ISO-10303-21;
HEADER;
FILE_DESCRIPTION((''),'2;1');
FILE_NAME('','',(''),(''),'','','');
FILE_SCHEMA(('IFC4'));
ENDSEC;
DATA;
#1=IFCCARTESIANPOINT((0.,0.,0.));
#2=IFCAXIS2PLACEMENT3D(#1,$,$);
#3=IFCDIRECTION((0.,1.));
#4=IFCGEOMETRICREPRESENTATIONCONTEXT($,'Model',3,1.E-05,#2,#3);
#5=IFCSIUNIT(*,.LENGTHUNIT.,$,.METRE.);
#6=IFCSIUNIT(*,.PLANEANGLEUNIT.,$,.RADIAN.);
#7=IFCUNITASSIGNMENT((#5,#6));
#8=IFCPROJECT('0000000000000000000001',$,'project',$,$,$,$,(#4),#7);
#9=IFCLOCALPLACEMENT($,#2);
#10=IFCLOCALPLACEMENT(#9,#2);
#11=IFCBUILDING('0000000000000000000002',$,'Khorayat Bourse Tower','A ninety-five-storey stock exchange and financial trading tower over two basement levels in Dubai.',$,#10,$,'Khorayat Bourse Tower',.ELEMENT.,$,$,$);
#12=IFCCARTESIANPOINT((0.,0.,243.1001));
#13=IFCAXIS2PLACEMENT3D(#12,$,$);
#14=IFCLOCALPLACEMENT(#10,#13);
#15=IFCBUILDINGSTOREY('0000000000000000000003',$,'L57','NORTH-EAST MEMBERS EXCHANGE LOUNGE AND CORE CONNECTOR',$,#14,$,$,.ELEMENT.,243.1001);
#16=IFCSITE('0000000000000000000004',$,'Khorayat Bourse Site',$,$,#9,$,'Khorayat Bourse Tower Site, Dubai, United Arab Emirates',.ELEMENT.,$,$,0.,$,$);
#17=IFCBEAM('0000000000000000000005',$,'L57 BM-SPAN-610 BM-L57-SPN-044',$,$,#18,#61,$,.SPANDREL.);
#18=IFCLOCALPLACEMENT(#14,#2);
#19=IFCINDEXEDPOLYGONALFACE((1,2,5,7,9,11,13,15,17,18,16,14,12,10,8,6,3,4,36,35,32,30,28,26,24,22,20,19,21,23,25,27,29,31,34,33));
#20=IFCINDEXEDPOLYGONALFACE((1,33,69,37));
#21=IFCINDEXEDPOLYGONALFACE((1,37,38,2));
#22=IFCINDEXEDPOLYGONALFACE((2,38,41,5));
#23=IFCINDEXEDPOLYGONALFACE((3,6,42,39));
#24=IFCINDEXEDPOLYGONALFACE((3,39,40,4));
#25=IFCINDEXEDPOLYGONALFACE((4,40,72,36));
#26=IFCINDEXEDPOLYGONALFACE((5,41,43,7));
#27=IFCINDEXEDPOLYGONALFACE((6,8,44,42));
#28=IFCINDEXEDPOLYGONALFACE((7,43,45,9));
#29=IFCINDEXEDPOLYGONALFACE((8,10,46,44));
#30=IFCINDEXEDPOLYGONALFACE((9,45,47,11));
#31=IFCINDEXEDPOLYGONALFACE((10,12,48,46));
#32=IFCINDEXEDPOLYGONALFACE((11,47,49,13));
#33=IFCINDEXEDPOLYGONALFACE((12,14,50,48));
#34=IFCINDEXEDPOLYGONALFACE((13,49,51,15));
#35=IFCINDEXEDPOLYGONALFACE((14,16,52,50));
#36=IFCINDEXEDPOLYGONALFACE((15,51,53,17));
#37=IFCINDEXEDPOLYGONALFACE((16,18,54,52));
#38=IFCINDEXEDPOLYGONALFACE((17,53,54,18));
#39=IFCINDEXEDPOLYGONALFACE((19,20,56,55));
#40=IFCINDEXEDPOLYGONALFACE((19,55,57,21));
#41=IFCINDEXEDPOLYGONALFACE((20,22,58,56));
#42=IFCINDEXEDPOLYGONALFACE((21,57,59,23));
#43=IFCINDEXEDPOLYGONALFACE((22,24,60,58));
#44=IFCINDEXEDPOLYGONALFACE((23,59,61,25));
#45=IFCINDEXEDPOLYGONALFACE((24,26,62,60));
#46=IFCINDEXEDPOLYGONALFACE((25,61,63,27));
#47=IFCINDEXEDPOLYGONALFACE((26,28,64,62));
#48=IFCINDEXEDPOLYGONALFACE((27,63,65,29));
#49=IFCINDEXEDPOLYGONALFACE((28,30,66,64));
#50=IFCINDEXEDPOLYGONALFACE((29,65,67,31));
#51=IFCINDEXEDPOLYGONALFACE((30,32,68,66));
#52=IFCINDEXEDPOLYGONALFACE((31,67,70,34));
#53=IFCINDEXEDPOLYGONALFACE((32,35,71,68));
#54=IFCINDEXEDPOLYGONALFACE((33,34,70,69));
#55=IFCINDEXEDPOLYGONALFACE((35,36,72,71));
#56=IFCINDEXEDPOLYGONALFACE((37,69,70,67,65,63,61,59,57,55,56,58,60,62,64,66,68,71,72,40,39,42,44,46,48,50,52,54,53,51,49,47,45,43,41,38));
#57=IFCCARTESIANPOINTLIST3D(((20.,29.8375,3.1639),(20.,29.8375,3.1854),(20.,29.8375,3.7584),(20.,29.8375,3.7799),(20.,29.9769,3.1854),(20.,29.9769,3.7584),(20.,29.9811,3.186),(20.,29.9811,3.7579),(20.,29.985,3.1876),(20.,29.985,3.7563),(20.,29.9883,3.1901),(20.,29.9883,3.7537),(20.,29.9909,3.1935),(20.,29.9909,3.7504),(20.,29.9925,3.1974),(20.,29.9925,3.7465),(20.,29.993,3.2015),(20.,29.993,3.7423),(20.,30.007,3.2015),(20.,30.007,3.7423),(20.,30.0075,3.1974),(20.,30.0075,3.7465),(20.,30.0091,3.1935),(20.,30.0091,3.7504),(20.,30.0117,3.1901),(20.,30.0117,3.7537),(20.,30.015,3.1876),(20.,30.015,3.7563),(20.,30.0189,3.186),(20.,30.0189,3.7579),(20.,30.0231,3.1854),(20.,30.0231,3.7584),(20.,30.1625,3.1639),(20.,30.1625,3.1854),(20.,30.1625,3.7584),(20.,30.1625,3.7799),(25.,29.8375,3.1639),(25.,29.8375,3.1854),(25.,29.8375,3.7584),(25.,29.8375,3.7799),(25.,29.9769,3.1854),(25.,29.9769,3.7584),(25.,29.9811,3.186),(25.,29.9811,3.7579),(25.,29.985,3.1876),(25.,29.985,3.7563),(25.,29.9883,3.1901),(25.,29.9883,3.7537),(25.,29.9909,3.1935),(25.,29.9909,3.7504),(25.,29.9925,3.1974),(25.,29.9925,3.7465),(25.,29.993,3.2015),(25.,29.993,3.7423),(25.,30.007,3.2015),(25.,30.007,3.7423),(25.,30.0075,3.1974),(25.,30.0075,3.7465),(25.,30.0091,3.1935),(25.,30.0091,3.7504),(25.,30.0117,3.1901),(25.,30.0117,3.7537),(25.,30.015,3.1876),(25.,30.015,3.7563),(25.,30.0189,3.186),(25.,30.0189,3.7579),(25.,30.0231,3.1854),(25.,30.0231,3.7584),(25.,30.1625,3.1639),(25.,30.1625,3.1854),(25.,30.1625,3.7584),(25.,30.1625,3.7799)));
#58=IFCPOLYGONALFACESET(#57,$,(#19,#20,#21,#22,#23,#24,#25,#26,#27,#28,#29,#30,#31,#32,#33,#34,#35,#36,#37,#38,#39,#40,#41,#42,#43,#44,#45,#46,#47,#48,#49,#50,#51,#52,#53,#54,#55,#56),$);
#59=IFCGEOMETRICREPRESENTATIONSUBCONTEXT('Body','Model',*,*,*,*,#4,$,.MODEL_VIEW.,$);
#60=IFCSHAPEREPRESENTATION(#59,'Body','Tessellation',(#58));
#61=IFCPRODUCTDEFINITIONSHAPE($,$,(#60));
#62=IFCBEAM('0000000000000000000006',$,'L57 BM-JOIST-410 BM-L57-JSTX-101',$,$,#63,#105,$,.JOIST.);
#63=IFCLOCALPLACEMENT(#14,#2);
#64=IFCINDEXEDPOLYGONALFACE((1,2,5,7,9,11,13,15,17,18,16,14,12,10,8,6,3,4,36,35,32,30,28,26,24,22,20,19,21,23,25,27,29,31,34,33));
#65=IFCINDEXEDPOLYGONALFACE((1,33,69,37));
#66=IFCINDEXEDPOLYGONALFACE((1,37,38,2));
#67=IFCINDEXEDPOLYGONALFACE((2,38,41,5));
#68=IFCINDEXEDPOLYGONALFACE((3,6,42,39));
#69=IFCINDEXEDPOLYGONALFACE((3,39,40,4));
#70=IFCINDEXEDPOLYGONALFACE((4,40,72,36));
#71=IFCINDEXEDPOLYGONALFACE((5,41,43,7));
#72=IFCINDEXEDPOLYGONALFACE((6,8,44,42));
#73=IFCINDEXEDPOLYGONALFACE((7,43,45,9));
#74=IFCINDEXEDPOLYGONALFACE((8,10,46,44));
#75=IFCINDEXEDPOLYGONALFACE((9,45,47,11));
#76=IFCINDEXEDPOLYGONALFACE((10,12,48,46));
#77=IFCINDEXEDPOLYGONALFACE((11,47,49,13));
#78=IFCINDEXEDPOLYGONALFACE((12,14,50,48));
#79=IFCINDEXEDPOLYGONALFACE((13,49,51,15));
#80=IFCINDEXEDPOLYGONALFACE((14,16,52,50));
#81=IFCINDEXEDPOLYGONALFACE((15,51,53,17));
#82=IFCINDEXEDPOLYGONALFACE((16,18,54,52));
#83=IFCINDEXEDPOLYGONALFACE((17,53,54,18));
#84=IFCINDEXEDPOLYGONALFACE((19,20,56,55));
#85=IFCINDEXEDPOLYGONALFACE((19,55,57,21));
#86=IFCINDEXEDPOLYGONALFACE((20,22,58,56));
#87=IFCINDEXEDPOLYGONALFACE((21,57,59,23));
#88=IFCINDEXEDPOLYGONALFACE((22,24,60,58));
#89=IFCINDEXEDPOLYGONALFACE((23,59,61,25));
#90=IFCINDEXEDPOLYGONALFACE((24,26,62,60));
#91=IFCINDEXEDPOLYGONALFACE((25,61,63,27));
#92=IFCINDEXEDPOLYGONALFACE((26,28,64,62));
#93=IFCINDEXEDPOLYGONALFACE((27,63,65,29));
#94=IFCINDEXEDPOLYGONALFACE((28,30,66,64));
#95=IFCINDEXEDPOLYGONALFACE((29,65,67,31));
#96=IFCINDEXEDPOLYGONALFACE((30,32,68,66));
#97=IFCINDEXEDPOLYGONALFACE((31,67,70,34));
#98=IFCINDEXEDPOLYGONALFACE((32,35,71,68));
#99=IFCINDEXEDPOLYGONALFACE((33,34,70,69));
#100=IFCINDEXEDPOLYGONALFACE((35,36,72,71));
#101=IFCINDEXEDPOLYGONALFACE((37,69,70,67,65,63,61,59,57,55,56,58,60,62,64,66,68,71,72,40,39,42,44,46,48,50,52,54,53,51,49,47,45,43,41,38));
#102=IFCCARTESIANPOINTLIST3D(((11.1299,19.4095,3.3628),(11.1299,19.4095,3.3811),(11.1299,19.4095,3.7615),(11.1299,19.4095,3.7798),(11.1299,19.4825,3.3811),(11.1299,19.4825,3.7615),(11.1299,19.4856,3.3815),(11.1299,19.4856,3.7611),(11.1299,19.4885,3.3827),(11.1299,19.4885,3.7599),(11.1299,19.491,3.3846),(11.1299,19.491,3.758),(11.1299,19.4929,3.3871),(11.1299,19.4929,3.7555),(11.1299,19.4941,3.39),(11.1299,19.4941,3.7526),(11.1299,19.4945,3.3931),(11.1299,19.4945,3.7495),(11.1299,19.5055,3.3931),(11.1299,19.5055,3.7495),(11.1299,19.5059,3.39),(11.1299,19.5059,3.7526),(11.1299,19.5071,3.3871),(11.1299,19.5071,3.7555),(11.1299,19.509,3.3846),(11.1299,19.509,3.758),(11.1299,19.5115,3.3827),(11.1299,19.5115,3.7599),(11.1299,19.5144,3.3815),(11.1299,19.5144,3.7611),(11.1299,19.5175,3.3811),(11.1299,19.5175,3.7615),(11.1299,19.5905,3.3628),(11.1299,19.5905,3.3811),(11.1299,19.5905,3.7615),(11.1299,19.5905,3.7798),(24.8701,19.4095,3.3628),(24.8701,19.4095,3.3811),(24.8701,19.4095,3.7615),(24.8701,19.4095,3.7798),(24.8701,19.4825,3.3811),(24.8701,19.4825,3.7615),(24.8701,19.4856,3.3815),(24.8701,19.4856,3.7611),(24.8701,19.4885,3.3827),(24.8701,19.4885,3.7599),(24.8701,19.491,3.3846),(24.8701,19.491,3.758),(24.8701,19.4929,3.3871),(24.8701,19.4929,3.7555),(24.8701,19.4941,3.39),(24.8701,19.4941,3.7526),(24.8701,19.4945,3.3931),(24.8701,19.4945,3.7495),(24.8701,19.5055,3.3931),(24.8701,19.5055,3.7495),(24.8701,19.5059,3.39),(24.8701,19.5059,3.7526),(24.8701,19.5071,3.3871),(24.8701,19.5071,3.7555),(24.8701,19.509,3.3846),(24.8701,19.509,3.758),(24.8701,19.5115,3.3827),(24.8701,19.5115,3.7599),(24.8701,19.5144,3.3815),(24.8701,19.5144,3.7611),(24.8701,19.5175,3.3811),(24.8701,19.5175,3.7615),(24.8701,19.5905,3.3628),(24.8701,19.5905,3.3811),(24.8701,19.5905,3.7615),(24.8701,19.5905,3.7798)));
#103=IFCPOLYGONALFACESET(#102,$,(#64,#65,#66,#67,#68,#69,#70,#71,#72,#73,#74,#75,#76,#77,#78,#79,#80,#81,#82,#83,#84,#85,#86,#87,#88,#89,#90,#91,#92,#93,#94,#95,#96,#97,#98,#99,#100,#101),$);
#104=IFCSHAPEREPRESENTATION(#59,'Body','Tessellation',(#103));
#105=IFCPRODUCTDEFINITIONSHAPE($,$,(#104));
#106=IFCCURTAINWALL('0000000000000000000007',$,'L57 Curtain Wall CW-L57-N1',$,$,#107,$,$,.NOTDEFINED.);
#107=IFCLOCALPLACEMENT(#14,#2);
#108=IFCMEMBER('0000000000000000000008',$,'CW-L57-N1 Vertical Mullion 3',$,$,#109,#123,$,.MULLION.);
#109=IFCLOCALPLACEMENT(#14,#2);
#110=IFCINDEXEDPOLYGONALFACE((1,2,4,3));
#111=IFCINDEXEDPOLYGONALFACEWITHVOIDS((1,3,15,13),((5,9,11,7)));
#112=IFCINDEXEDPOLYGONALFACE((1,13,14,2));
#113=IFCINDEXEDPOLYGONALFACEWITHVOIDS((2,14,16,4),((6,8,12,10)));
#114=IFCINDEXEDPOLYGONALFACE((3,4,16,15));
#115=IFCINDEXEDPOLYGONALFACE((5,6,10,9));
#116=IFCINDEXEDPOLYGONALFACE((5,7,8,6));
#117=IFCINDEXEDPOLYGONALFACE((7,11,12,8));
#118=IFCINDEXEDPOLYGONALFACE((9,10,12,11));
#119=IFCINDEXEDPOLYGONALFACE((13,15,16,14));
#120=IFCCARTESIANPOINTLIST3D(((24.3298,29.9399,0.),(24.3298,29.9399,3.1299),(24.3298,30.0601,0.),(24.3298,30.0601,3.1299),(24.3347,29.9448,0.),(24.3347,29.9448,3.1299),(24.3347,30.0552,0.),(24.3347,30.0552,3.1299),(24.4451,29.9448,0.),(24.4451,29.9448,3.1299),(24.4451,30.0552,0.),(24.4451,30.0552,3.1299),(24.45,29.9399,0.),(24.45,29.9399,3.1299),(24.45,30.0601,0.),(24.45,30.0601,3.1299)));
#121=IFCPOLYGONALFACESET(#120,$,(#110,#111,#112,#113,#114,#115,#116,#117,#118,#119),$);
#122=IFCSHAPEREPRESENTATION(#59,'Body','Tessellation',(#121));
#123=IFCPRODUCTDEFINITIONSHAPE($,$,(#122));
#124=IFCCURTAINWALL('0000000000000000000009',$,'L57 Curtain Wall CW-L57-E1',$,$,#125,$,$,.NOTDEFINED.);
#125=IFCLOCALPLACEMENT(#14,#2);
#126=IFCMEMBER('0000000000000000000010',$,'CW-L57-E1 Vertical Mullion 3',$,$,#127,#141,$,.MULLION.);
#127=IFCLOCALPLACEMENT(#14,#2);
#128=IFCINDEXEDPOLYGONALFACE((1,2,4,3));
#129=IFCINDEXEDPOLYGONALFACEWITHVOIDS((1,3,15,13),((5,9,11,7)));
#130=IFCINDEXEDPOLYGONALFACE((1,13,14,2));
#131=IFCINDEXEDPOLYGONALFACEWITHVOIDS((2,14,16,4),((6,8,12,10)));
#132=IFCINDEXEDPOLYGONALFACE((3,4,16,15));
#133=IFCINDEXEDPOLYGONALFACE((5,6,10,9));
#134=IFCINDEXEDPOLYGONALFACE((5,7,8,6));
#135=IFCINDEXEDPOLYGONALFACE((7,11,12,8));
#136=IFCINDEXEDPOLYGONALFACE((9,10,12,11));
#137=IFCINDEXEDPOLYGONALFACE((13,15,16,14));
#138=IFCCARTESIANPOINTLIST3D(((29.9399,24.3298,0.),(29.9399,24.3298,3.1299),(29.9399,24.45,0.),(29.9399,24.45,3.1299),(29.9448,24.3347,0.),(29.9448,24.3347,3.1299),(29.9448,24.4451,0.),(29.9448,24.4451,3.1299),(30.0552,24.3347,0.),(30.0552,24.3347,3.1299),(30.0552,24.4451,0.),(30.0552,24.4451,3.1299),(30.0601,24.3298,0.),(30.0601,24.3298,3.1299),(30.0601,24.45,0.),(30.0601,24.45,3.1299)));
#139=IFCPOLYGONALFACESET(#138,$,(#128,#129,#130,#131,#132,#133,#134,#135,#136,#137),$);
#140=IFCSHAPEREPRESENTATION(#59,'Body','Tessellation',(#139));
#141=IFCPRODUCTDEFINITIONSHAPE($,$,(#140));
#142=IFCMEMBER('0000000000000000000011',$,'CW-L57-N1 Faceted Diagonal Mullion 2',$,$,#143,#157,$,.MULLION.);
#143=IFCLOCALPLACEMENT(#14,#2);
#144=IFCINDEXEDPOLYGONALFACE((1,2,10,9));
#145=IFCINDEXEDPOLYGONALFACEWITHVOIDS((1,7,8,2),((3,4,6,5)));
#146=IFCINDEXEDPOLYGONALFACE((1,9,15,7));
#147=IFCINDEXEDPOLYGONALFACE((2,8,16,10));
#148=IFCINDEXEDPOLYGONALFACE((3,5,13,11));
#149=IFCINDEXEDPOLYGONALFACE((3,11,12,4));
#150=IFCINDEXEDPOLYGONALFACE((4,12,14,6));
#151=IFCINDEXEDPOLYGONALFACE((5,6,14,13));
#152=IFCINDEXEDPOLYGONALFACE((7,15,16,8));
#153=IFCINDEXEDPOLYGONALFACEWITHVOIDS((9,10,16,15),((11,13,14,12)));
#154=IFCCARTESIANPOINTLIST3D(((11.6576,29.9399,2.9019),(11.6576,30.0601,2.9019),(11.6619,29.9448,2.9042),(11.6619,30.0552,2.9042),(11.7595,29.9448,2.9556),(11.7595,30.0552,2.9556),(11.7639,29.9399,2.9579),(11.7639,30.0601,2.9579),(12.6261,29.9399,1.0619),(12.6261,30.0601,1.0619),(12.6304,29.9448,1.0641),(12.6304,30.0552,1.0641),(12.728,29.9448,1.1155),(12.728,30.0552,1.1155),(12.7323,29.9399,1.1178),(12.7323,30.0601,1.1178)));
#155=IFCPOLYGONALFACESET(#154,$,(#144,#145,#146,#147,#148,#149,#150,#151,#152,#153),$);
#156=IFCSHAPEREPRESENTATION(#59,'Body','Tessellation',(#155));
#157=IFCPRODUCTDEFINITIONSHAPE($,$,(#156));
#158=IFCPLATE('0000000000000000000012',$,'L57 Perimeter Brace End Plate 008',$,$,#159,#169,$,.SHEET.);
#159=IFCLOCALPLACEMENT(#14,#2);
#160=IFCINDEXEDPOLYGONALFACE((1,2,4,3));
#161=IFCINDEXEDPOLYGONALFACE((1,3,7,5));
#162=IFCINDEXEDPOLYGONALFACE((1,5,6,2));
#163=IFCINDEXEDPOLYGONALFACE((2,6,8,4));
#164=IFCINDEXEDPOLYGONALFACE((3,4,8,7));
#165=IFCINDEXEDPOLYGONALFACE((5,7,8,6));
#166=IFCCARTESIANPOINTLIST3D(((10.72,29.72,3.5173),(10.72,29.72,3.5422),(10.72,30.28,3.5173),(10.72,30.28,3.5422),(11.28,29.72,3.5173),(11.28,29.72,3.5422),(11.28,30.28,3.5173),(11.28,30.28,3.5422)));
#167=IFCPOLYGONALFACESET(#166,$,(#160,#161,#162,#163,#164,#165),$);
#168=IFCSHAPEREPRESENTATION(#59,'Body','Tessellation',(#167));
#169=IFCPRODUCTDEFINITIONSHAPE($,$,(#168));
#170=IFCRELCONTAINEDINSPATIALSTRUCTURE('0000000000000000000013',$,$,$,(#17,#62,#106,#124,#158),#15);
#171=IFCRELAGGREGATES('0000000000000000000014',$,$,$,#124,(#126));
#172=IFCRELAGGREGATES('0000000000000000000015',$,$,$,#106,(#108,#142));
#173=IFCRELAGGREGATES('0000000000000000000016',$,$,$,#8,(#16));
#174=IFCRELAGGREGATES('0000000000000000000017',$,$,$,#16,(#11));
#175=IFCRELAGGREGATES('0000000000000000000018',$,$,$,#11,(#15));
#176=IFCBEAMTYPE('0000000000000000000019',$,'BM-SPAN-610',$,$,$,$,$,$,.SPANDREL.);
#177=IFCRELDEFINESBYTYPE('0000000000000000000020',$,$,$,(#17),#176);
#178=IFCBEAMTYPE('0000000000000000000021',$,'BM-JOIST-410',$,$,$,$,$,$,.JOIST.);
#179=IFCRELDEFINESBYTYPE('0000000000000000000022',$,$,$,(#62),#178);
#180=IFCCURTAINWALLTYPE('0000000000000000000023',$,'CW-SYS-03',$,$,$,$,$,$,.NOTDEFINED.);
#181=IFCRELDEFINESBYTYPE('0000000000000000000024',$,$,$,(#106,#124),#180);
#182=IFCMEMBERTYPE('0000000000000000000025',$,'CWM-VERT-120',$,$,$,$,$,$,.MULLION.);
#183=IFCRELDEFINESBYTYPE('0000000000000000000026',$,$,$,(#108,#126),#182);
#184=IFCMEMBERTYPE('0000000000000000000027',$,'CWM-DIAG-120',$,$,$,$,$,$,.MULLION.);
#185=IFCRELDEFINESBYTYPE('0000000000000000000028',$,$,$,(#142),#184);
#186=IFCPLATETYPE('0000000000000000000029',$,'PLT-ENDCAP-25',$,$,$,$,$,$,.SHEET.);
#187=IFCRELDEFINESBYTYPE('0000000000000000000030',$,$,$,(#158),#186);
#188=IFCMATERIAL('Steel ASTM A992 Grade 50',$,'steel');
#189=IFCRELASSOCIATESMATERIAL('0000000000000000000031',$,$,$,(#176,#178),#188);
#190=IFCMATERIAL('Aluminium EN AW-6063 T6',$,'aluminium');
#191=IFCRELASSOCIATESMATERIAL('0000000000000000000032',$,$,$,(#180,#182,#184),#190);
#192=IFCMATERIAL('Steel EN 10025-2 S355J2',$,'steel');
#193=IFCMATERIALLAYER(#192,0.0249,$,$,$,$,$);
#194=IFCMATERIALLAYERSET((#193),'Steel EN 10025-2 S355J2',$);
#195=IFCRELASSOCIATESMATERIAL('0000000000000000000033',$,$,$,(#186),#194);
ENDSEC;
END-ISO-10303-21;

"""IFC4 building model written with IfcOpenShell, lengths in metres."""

from ifc_helpers import new_model, si_unit, direction, frame, origin, origin_2d, place, context, subcontext, project, spatial, rectangle, hollow_rectangle, i_section, extrude, source, transform, mapped, material, layer, layer_set, material_profile, profile_set, type_object, element, aggregate, save


model = new_model("IFC4")

# Units and contexts
model_context = context("Model", 3, precision=1e-05, world=origin(), true_north=direction((0.0, 1.0)))
body_context = subcontext(model_context, "Body", "Model", "MODEL_VIEW")
ifc_project = project(units=[si_unit("LENGTHUNIT", "METRE"), si_unit("PLANEANGLEUNIT", "RADIAN")], contexts=[model_context])

# Site, building, storey
site_placement = place(None, origin())
site = spatial("IfcSite", under=ifc_project, at=site_placement, Name="Khorayat Bourse Site", LongName="Khorayat Bourse Tower Site, Dubai, United Arab Emirates", CompositionType="ELEMENT", RefElevation=0.0)
building_placement = place(site_placement, origin())
building = spatial("IfcBuilding", under=site, at=building_placement, Name="Khorayat Bourse Tower", Description="A ninety-five-storey stock exchange and financial trading tower over two basement levels in Dubai.", LongName="Khorayat Bourse Tower", CompositionType="ELEMENT")
storey_placement = place(building_placement, frame((0.0, 0.0, 243.1001)))
storey = spatial("IfcBuildingStorey", under=building, at=storey_placement, Name="L57", Description="NORTH-EAST MEMBERS EXCHANGE LOUNGE AND CORE CONNECTOR", CompositionType="ELEMENT", Elevation=243.1001)

# Beams
ifc_material_1 = material(Name="Steel ASTM A992 Grade 50", Category="steel")
ifc_material_profile_1 = material_profile(ifc_material_1, i_section(OverallWidth=0.325, OverallDepth=0.616, WebThickness=0.0139, FlangeThickness=0.0215, FilletRadius=0.0161, at=origin_2d()), Name="W610X174")
ifc_profile_set_1 = profile_set([ifc_material_profile_1], Name="Steel ASTM A992 Grade 50")
beam_type_1 = type_object("IfcBeamType", Name="BM-SPAN-610", PredefinedType="SPANDREL", material=ifc_profile_set_1)
shared_shape_1 = source(origin(), body_context, "Body", "SweptSolid", [
    extrude(i_section(OverallWidth=0.325, OverallDepth=0.616, WebThickness=0.0139, FlangeThickness=0.0215, FilletRadius=0.0161, at=origin_2d()), origin(), (0.0, 0.0, 1.0), 5.0),
])
for number, where, z_axis, x_axis, name in (
    (1, (20.0, 30.0, 3.4719), (1.0, 0.0, 0.0), (0.0, 1.0, 0.0), "L57 BM-SPAN-610 BM-L57-SPN-044"),
):
    element("IfcBeam", number, at=place(storey_placement, frame(where, z_axis=z_axis, x_axis=x_axis)), inside=storey, type_object=beam_type_1, Name=name, PredefinedType="SPANDREL", context=body_context, shape_type="MappedRepresentation", body=[
        mapped(shared_shape_1, transform((0.0, 0.0, 0.0), scale=1.0)),
    ])
ifc_material_profile_2 = material_profile(ifc_material_1, i_section(OverallWidth=0.1809, OverallDepth=0.417, WebThickness=0.011, FlangeThickness=0.0183, FilletRadius=0.012, at=origin_2d()), Name="W410X85")
ifc_profile_set_2 = profile_set([ifc_material_profile_2], Name="Steel ASTM A992 Grade 50")
beam_type_2 = type_object("IfcBeamType", Name="BM-JOIST-410", PredefinedType="JOIST", material=ifc_profile_set_2)
shared_shape_2 = source(origin(), body_context, "Body", "SweptSolid", [
    extrude(i_section(OverallWidth=0.1809, OverallDepth=0.417, WebThickness=0.011, FlangeThickness=0.0183, FilletRadius=0.012, at=origin_2d()), origin(), (0.0, 0.0, 1.0), 13.7402),
])
beam_1_placement = place(storey_placement, frame((11.1299, 19.5, 3.5713), z_axis=(1.0, 0.0, 0.0), x_axis=(0.0, 1.0, 0.0)))
element("IfcBeam", 2, at=beam_1_placement, inside=storey, type_object=beam_type_2, Name="L57 BM-JOIST-410 BM-L57-JSTX-101", PredefinedType="JOIST", context=body_context, shape_type="MappedRepresentation", body=[
    mapped(shared_shape_2, transform((0.0, 0.0, 0.0), scale=1.0)),
])

# Curtain walls, members
ifc_material_2 = material(Name="Aluminium EN AW-6063 T6", Category="aluminium")
curtain_wall_type = type_object("IfcCurtainWallType", Name="CW-SYS-03", PredefinedType="NOTDEFINED", material=ifc_material_2)
curtain_wall_1_placement = place(storey_placement, origin())
curtain_wall_1 = element("IfcCurtainWall", 3, at=curtain_wall_1_placement, inside=storey, type_object=curtain_wall_type, Name="L57 Curtain Wall CW-L57-N1", PredefinedType="NOTDEFINED")
ifc_material_profile_3 = material_profile(ifc_material_2, hollow_rectangle(XDim=0.1201, YDim=0.1201, WallThickness=0.0049, at=origin_2d()), Name="ALU 120x120x5")
ifc_profile_set_3 = profile_set([ifc_material_profile_3], Name="Aluminium EN AW-6063 T6")
member_type_1 = type_object("IfcMemberType", Name="CWM-VERT-120", PredefinedType="MULLION", material=ifc_profile_set_3)
shared_shape_3 = source(origin(), body_context, "Body", "SweptSolid", [
    extrude(hollow_rectangle(XDim=0.1201, YDim=0.1201, WallThickness=0.0049, at=origin_2d()), origin(), (0.0, 0.0, 1.0), 3.1299),
])
member_1_placement = place(storey_placement, frame((24.3899, 30.0, 0.0), z_axis=(0.0, 0.0, 1.0), x_axis=(0.0, 1.0, 0.0)))
member_1 = element("IfcMember", 4, at=member_1_placement, type_object=member_type_1, Name="CW-L57-N1 Vertical Mullion 3", PredefinedType="MULLION", context=body_context, shape_type="MappedRepresentation", body=[
    mapped(shared_shape_3, transform((0.0, 0.0, 0.0), scale=1.0)),
])
curtain_wall_2_placement = place(storey_placement, origin())
curtain_wall_2 = element("IfcCurtainWall", 5, at=curtain_wall_2_placement, inside=storey, type_object=curtain_wall_type, Name="L57 Curtain Wall CW-L57-E1", PredefinedType="NOTDEFINED")
member_2_placement = place(storey_placement, frame((30.0, 24.3899, 0.0), z_axis=(0.0, 0.0, 1.0), x_axis=(-1.0, 0.0, 0.0)))
member_2 = element("IfcMember", 6, at=member_2_placement, type_object=member_type_1, Name="CW-L57-E1 Vertical Mullion 3", PredefinedType="MULLION", context=body_context, shape_type="MappedRepresentation", body=[
    mapped(shared_shape_3, transform((0.0, 0.0, 0.0), scale=1.0)),
])
aggregate(curtain_wall_2, [member_2])

# Member
ifc_material_profile_4 = material_profile(ifc_material_2, hollow_rectangle(XDim=0.1201, YDim=0.1201, WallThickness=0.0049, at=origin_2d()), Name="ALU 120x120x5")
ifc_profile_set_4 = profile_set([ifc_material_profile_4], Name="Aluminium EN AW-6063 T6")
member_type_2 = type_object("IfcMemberType", Name="CWM-DIAG-120", PredefinedType="MULLION", material=ifc_profile_set_4)
shared_shape_4 = source(origin(), body_context, "Body", "SweptSolid", [
    extrude(hollow_rectangle(XDim=0.1201, YDim=0.1201, WallThickness=0.0049, at=origin_2d()), origin(), (0.0, 0.0, 1.0), 2.0793),
])
member_3_placement = place(storey_placement, frame((12.6792, 30.0, 1.0898), z_axis=(-0.465761, 0.0, 0.884911), x_axis=(0.0, -1.0, 0.0)))
member_3 = element("IfcMember", 7, at=member_3_placement, type_object=member_type_2, Name="CW-L57-N1 Faceted Diagonal Mullion 2", PredefinedType="MULLION", context=body_context, shape_type="MappedRepresentation", body=[
    mapped(shared_shape_4, transform((0.0, 0.0, 0.0), scale=1.0)),
])

# Plate
ifc_material_3 = material(Name="Steel EN 10025-2 S355J2", Category="steel")
ifc_layer_1 = layer(ifc_material_3, 0.0249)
ifc_layer_set_1 = layer_set([ifc_layer_1], Name="Steel EN 10025-2 S355J2")
plate_type_1 = type_object("IfcPlateType", Name="PLT-ENDCAP-25", PredefinedType="SHEET", material=ifc_layer_set_1)
shared_shape_5 = source(origin(), body_context, "Body", "SweptSolid", [
    extrude(rectangle(XDim=0.5601, YDim=0.5601, at=origin_2d()), origin(), (0.0, 0.0, 1.0), 0.0249),
])
plate_1_placement = place(storey_placement, frame((11.0, 30.0, 3.5173), z_axis=(0.0, 0.0, 1.0), x_axis=(1.0, 0.0, 0.0)))
element("IfcPlate", 8, at=plate_1_placement, inside=storey, type_object=plate_type_1, Name="L57 Perimeter Brace End Plate 008", PredefinedType="SHEET", context=body_context, shape_type="MappedRepresentation", body=[
    mapped(shared_shape_5, transform((0.0, 0.0, 0.0), scale=1.0)),
])
aggregate(curtain_wall_1, [member_1, member_3])

save(model, "model.ifc")
